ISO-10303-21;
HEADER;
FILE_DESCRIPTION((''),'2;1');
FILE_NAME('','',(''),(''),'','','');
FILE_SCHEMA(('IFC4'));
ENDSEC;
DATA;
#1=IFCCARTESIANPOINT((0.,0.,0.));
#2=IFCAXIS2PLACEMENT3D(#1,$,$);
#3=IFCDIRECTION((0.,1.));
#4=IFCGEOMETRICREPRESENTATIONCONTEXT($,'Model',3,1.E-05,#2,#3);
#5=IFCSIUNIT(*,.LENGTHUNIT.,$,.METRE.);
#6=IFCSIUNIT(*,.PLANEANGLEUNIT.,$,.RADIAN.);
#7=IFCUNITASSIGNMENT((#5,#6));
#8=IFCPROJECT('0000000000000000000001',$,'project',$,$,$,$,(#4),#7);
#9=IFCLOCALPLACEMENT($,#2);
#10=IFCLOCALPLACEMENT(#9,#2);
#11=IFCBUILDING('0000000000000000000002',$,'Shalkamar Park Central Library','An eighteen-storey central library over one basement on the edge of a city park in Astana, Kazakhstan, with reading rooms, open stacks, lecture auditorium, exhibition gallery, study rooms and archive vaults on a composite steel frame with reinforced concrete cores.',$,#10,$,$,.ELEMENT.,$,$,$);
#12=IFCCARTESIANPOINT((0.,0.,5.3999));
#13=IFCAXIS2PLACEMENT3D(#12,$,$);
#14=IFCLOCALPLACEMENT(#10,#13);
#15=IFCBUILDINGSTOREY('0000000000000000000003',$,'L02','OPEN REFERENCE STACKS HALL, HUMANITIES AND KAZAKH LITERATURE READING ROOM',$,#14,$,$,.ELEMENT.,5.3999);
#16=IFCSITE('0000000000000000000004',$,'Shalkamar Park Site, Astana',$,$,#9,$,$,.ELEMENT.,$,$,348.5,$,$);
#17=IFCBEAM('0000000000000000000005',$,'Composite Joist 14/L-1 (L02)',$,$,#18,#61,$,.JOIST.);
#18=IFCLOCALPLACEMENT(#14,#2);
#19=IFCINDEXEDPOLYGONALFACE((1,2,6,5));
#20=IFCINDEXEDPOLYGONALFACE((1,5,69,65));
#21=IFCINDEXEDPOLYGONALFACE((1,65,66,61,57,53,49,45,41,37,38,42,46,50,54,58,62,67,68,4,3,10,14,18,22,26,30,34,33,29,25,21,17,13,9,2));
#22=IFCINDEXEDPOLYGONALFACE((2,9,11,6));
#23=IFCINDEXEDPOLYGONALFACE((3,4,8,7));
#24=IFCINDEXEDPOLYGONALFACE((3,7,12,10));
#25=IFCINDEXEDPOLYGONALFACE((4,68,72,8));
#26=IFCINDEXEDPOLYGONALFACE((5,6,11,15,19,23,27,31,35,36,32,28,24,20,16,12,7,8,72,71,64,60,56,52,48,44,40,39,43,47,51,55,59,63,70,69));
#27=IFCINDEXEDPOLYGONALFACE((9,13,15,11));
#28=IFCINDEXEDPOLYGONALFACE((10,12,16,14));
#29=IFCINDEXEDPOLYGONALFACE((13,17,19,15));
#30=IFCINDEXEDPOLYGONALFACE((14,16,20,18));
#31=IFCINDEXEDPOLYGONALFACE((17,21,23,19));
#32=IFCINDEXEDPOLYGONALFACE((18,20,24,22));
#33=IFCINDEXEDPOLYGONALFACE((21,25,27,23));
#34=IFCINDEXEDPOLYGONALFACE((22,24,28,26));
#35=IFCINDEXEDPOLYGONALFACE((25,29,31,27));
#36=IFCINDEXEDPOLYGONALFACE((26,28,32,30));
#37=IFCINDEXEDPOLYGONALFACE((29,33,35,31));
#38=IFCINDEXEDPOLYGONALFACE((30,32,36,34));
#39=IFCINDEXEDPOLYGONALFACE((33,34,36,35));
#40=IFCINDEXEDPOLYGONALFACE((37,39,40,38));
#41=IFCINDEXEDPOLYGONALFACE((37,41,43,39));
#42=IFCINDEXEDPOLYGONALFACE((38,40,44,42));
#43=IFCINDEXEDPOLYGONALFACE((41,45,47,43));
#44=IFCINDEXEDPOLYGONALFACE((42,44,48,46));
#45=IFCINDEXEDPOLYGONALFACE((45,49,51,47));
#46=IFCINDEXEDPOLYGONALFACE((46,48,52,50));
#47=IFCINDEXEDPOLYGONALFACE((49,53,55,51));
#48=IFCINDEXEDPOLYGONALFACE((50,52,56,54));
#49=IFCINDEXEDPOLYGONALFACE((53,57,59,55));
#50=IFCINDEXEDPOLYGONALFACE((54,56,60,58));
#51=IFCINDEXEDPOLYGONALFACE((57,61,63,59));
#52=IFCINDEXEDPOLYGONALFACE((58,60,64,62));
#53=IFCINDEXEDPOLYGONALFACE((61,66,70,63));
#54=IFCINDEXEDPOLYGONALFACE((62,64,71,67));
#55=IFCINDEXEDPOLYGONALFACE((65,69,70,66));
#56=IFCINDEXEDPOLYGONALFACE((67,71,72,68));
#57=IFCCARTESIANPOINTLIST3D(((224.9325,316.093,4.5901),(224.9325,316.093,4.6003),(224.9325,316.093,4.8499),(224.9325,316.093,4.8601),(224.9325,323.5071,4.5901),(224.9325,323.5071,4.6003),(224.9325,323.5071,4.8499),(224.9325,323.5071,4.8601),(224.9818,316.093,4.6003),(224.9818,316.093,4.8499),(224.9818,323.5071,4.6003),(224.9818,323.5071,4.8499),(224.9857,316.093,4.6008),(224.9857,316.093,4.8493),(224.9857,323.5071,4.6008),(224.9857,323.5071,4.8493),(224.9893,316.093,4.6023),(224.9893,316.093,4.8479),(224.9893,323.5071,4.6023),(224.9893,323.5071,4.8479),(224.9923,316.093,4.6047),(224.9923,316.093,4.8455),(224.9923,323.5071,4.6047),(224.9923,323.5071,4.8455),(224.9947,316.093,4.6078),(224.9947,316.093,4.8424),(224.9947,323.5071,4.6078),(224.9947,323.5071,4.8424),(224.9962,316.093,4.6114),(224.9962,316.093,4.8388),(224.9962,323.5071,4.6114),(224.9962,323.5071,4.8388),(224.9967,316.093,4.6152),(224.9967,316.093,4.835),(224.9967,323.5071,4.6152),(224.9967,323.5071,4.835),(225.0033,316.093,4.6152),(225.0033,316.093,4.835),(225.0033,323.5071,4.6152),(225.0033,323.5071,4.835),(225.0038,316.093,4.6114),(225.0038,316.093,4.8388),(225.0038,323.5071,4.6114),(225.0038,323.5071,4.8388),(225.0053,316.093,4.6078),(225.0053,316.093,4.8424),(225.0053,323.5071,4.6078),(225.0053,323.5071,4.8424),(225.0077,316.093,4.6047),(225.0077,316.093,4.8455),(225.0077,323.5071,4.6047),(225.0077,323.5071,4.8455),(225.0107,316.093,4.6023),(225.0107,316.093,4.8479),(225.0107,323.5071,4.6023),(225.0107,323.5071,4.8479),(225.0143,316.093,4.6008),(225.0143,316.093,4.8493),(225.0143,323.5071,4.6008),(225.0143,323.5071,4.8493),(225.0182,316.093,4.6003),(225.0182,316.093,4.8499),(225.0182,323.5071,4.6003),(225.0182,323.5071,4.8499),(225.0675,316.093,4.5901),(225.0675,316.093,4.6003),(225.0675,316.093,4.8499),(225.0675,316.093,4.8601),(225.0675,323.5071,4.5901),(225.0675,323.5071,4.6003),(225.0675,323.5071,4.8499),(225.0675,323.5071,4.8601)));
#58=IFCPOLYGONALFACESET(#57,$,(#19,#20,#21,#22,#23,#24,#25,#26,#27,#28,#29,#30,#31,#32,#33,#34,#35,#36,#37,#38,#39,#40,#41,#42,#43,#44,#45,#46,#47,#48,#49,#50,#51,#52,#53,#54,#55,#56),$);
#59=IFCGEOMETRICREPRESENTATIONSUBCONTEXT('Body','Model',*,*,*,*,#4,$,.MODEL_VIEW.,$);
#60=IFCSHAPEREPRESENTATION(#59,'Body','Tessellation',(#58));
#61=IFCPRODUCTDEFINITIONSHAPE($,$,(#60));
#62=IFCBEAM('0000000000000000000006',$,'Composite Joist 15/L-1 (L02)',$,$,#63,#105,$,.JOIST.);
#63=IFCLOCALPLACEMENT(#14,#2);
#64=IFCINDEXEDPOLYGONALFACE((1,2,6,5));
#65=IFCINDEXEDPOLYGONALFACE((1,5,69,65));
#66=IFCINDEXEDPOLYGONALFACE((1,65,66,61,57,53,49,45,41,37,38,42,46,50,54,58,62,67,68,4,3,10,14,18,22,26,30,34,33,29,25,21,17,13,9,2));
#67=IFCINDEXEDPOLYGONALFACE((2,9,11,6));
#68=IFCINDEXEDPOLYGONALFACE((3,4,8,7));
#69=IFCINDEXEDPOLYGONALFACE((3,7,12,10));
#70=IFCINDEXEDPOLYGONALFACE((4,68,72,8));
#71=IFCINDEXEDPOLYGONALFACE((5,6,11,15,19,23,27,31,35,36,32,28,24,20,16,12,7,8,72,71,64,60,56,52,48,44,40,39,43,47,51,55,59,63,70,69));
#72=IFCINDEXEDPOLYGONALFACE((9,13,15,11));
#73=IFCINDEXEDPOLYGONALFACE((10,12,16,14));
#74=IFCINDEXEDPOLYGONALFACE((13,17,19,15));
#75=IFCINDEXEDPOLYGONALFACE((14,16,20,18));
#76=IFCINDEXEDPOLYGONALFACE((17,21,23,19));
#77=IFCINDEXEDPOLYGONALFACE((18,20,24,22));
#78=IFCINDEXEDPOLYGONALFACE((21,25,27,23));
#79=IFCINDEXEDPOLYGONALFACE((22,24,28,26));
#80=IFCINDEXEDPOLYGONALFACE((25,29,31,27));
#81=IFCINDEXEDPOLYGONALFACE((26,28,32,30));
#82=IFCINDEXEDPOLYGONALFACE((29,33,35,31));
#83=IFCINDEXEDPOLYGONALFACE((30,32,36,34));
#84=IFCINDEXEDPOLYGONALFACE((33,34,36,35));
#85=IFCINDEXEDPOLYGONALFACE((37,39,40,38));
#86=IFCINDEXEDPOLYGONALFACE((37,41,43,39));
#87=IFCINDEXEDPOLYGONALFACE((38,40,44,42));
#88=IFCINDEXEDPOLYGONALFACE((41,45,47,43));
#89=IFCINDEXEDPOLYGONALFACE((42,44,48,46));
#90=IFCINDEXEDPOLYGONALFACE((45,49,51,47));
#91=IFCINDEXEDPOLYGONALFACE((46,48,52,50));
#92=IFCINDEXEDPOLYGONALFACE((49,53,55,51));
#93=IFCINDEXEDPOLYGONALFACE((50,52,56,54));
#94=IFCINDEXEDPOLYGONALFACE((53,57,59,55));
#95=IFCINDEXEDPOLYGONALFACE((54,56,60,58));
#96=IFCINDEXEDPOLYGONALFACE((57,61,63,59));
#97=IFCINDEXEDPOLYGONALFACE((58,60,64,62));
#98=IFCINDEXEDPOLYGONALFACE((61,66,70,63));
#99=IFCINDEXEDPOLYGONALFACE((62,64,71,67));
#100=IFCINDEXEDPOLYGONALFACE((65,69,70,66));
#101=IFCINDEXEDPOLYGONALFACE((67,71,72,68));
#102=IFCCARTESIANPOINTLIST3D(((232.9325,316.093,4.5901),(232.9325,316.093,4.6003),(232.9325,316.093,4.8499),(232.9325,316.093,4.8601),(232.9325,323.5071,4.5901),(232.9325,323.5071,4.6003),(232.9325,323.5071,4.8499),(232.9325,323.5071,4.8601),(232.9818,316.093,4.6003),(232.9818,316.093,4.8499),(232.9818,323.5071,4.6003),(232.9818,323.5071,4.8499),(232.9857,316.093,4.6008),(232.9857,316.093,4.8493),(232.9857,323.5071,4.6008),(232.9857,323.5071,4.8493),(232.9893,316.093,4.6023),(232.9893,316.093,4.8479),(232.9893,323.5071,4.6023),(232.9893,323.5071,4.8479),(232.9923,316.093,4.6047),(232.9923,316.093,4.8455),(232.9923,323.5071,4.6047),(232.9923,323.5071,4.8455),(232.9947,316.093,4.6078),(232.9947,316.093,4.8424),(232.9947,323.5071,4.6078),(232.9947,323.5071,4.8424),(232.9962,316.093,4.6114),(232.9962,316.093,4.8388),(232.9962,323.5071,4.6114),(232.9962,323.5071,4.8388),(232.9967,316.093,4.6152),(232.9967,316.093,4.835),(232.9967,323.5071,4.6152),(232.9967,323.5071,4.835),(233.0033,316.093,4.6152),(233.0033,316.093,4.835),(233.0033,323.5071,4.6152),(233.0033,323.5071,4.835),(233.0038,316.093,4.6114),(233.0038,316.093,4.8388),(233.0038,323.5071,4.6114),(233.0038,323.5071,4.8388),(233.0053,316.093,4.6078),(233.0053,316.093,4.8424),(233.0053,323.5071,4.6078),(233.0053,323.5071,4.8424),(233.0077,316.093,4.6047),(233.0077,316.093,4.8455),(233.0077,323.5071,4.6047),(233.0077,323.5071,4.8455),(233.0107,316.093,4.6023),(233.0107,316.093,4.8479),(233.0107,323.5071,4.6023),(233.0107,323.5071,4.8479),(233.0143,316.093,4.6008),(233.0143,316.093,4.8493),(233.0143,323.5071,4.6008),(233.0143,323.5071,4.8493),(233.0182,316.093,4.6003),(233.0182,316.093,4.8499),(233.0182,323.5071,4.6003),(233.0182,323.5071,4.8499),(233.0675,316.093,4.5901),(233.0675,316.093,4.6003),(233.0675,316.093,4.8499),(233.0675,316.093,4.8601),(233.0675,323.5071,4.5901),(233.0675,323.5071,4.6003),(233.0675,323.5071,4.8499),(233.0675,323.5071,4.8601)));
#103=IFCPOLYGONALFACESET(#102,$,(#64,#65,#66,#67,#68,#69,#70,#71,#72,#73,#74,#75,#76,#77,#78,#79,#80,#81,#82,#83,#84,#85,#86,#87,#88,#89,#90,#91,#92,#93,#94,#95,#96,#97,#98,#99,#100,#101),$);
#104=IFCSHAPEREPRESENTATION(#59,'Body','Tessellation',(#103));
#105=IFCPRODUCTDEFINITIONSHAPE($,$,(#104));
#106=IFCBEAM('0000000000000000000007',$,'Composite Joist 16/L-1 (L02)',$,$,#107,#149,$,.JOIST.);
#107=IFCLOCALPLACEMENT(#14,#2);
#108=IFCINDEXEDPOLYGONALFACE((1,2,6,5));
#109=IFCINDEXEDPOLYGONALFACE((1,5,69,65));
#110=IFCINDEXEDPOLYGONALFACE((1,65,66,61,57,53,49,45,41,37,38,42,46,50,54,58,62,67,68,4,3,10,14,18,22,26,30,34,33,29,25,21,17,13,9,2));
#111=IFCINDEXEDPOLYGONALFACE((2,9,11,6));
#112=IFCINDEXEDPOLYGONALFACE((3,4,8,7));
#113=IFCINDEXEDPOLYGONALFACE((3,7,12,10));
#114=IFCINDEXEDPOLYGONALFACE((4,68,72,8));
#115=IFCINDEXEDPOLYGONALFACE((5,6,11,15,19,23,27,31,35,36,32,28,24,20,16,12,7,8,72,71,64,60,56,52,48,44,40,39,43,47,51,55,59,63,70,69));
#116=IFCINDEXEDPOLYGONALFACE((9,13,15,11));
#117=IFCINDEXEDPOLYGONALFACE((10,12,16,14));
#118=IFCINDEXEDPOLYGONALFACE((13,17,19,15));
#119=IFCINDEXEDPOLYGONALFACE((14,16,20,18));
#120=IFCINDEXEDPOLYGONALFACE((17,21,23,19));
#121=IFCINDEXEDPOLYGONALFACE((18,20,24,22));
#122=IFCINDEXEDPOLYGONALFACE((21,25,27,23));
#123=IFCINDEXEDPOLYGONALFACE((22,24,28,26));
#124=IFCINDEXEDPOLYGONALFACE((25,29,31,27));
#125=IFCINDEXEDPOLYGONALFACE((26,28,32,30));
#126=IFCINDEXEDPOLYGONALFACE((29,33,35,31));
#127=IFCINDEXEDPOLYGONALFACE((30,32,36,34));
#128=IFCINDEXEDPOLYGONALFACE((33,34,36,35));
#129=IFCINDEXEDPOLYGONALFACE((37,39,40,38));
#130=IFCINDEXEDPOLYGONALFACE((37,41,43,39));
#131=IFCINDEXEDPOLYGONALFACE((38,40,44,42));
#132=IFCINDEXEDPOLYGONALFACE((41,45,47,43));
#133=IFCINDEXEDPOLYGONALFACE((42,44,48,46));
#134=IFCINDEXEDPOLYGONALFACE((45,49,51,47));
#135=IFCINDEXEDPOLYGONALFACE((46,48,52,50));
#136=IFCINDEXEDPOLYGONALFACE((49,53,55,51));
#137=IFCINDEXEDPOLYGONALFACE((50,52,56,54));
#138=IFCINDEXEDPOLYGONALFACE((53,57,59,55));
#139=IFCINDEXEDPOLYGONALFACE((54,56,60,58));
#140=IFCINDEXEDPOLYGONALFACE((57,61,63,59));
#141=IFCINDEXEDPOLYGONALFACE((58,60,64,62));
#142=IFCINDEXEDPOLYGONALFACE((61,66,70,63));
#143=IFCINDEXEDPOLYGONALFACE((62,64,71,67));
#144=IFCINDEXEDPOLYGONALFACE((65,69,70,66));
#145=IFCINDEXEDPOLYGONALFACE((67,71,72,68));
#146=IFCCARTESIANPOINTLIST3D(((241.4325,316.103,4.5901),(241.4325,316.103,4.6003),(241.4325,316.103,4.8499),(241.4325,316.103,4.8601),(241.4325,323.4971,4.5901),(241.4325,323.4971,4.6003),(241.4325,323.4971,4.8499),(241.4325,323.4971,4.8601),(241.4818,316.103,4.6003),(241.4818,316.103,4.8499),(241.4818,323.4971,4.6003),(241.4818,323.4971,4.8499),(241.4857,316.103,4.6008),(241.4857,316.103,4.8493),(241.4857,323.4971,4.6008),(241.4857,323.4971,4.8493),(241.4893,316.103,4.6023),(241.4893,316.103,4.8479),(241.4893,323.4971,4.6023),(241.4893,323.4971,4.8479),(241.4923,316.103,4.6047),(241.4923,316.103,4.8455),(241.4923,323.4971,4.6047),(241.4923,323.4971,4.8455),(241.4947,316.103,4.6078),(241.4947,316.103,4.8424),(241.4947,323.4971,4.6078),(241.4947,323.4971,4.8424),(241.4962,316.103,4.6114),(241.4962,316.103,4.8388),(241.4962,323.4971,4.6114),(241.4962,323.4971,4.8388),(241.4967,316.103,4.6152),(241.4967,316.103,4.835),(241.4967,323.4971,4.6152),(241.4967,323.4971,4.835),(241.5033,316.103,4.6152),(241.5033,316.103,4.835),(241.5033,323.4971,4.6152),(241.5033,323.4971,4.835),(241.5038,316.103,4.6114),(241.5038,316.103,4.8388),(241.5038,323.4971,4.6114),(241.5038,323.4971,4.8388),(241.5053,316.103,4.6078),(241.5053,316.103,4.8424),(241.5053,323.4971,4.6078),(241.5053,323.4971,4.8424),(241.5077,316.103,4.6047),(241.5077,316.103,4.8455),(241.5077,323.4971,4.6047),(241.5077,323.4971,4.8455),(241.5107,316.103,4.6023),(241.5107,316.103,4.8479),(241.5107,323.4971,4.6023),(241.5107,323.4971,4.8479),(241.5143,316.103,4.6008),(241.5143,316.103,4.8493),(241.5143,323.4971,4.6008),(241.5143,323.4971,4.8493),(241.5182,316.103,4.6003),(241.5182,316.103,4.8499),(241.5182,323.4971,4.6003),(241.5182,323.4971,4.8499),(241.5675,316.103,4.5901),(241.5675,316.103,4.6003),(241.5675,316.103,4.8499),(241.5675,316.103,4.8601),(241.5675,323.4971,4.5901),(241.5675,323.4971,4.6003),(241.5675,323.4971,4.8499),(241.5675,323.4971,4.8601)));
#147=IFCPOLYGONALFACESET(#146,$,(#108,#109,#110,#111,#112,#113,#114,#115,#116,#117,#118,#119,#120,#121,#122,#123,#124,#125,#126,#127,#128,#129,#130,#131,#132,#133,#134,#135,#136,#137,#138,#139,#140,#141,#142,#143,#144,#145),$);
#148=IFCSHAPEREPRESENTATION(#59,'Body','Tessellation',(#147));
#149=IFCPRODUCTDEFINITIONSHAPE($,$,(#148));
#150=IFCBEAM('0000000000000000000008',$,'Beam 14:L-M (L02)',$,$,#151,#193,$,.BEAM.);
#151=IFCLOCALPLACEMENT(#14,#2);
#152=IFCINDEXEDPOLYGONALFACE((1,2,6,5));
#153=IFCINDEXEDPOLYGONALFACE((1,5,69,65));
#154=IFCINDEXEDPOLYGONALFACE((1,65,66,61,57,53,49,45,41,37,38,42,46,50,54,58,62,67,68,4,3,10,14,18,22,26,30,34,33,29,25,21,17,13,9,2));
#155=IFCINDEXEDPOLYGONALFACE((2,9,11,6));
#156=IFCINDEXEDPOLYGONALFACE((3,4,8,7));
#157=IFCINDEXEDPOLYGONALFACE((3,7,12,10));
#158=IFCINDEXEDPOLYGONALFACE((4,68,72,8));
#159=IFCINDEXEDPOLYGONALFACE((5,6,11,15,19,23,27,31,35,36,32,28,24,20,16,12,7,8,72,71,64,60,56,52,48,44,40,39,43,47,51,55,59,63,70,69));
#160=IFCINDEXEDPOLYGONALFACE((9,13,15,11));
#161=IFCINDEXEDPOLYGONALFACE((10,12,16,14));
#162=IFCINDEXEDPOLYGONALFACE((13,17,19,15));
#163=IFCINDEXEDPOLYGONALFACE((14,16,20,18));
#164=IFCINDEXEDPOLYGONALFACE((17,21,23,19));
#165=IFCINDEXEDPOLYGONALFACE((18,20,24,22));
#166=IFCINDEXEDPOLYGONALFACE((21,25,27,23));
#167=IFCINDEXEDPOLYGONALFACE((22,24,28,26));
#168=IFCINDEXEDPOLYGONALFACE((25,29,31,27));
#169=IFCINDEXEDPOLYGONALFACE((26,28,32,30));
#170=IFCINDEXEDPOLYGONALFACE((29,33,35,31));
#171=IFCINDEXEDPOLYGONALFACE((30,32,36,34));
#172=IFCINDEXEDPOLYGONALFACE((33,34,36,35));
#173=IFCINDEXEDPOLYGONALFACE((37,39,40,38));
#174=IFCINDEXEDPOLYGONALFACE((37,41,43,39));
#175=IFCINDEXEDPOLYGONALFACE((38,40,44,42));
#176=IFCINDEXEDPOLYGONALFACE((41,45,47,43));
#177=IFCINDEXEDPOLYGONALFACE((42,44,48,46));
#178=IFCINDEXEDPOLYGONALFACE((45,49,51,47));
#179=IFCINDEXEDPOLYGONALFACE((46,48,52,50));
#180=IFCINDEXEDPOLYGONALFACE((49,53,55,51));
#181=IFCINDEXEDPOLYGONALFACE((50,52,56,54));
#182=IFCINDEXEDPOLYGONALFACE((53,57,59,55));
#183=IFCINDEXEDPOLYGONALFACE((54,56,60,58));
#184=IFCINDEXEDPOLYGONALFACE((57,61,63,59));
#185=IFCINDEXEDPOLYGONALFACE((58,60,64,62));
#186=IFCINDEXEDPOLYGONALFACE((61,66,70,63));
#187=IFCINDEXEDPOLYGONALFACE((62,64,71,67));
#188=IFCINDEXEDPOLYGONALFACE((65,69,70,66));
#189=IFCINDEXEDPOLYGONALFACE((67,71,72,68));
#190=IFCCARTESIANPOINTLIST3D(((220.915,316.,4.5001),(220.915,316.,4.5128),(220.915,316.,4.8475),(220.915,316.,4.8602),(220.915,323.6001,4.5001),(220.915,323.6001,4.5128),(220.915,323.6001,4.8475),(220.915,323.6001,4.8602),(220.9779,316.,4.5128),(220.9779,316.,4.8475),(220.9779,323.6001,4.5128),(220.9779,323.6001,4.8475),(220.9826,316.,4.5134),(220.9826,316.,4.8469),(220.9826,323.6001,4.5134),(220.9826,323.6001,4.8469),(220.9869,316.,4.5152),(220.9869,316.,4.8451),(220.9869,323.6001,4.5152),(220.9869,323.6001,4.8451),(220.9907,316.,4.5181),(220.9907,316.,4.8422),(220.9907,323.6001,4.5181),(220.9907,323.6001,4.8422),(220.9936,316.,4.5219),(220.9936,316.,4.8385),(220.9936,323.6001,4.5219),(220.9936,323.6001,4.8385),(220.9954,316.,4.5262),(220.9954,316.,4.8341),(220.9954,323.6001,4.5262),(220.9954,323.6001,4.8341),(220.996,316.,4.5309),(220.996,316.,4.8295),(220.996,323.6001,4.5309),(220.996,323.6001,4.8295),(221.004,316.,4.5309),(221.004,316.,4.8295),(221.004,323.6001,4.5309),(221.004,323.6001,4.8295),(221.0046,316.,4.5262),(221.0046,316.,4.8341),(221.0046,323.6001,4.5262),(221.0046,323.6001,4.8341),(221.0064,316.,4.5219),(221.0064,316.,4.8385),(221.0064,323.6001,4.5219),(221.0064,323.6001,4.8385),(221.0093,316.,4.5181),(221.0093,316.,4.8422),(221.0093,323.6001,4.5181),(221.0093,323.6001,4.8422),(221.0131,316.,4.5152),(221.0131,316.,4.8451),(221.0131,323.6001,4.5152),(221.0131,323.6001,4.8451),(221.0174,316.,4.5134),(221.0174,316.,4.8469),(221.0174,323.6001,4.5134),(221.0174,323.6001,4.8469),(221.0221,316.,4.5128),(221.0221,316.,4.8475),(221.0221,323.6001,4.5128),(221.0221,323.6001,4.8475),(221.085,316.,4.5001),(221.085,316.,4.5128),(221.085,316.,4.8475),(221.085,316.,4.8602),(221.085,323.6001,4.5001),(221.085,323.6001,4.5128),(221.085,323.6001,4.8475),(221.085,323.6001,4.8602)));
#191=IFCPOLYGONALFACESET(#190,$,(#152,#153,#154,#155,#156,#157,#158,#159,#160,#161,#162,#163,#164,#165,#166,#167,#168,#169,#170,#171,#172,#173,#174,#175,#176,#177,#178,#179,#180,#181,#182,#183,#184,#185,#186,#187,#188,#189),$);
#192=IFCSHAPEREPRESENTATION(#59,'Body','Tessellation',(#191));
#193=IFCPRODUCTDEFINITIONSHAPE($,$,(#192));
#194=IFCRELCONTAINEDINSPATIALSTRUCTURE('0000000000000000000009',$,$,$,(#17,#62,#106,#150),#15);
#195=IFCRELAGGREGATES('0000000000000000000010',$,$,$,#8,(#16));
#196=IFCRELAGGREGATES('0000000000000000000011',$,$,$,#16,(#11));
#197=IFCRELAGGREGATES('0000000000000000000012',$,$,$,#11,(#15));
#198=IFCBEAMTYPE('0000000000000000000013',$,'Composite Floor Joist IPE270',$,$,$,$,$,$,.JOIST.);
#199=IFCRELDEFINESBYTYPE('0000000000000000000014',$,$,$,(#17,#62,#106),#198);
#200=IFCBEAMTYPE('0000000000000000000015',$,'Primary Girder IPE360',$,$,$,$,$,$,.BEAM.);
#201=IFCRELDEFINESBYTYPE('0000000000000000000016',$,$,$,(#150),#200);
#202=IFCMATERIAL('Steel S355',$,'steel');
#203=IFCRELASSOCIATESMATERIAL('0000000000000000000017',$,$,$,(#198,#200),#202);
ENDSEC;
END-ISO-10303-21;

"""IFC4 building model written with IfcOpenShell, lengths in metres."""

from ifc_helpers import new_model, si_unit, direction, frame, origin, origin_2d, place, context, subcontext, project, spatial, i_section, extrude, material, material_profile, profile_set, type_object, element, save


model = new_model("IFC4")

# Units and contexts
model_context = context("Model", 3, precision=1e-05, world=origin(), true_north=direction((0.0, 1.0)))
body_context = subcontext(model_context, "Body", "Model", "MODEL_VIEW")
ifc_project = project(units=[si_unit("LENGTHUNIT", "METRE"), si_unit("PLANEANGLEUNIT", "RADIAN")], contexts=[model_context])

# Site, building, storey
site_placement = place(None, origin())
site = spatial("IfcSite", under=ifc_project, at=site_placement, Name="Shalkamar Park Site, Astana", CompositionType="ELEMENT", RefElevation=348.5)
building_placement = place(site_placement, origin())
building = spatial("IfcBuilding", under=site, at=building_placement, Name="Shalkamar Park Central Library", Description="An eighteen-storey central library over one basement on the edge of a city park in Astana, Kazakhstan, with reading rooms, open stacks, lecture auditorium, exhibition gallery, study rooms and archive vaults on a composite steel frame with reinforced concrete cores.", CompositionType="ELEMENT")
storey_placement = place(building_placement, frame((0.0, 0.0, 5.3999)))
storey = spatial("IfcBuildingStorey", under=building, at=storey_placement, Name="L02", Description="OPEN REFERENCE STACKS HALL, HUMANITIES AND KAZAKH LITERATURE READING ROOM", CompositionType="ELEMENT", Elevation=5.3999)

# Shared definitions
ifc_material = material(Name="Steel S355", Category="steel")

# Beams
ifc_material_profile_1 = material_profile(ifc_material, i_section(OverallWidth=0.135, OverallDepth=0.27, WebThickness=0.0066, FlangeThickness=0.0103, FilletRadius=0.0149, at=origin_2d()), Name="IPE 270")
ifc_profile_set_1 = profile_set([ifc_material_profile_1], Name="Steel S355")
beam_type_1 = type_object("IfcBeamType", Name="Composite Floor Joist IPE270", PredefinedType="JOIST", material=ifc_profile_set_1)
for number, where, z_axis, x_axis, name in (
    (1, (225.0, 316.093, 4.7251), (0.0, 1.0, 0.0), (-1.0, 0.0, 0.0), "Composite Joist 14/L-1 (L02)"),
    (2, (233.0, 316.093, 4.7251), (0.0, 1.0, 0.0), (-1.0, 0.0, 0.0), "Composite Joist 15/L-1 (L02)"),
):
    element("IfcBeam", number, at=place(storey_placement, frame(where, z_axis=z_axis, x_axis=x_axis)), inside=storey, type_object=beam_type_1, Name=name, PredefinedType="JOIST", context=body_context, shape_type="SweptSolid", body=[
        extrude(i_section(OverallWidth=0.135, OverallDepth=0.27, WebThickness=0.0066, FlangeThickness=0.0103, FilletRadius=0.0149, at=origin_2d()), origin(), (0.0, 0.0, 1.0), 7.4141),
    ])
beam_1_placement = place(storey_placement, frame((241.5, 316.103, 4.7251), z_axis=(0.0, 1.0, 0.0), x_axis=(-1.0, 0.0, 0.0)))
element("IfcBeam", 3, at=beam_1_placement, inside=storey, type_object=beam_type_1, Name="Composite Joist 16/L-1 (L02)", PredefinedType="JOIST", context=body_context, shape_type="SweptSolid", body=[
    extrude(i_section(OverallWidth=0.135, OverallDepth=0.27, WebThickness=0.0066, FlangeThickness=0.0103, FilletRadius=0.0149, at=origin_2d()), origin(), (0.0, 0.0, 1.0), 7.394),
])
ifc_material_profile_2 = material_profile(ifc_material, i_section(OverallWidth=0.1699, OverallDepth=0.3601, WebThickness=0.0081, FlangeThickness=0.0127, FilletRadius=0.0181, at=origin_2d()), Name="IPE 360")
ifc_profile_set_2 = profile_set([ifc_material_profile_2], Name="Steel S355")
beam_type_2 = type_object("IfcBeamType", Name="Primary Girder IPE360", PredefinedType="BEAM", material=ifc_profile_set_2)
beam_2_placement = place(storey_placement, frame((221.0, 316.0, 4.6802), z_axis=(0.0, 1.0, 0.0), x_axis=(-1.0, 0.0, 0.0)))
element("IfcBeam", 4, at=beam_2_placement, inside=storey, type_object=beam_type_2, Name="Beam 14:L-M (L02)", PredefinedType="BEAM", context=body_context, shape_type="SweptSolid", body=[
    extrude(i_section(OverallWidth=0.1699, OverallDepth=0.3601, WebThickness=0.0081, FlangeThickness=0.0127, FilletRadius=0.0181, at=origin_2d()), origin(), (0.0, 0.0, 1.0), 7.6001),
])

save(model, "model.ifc")
